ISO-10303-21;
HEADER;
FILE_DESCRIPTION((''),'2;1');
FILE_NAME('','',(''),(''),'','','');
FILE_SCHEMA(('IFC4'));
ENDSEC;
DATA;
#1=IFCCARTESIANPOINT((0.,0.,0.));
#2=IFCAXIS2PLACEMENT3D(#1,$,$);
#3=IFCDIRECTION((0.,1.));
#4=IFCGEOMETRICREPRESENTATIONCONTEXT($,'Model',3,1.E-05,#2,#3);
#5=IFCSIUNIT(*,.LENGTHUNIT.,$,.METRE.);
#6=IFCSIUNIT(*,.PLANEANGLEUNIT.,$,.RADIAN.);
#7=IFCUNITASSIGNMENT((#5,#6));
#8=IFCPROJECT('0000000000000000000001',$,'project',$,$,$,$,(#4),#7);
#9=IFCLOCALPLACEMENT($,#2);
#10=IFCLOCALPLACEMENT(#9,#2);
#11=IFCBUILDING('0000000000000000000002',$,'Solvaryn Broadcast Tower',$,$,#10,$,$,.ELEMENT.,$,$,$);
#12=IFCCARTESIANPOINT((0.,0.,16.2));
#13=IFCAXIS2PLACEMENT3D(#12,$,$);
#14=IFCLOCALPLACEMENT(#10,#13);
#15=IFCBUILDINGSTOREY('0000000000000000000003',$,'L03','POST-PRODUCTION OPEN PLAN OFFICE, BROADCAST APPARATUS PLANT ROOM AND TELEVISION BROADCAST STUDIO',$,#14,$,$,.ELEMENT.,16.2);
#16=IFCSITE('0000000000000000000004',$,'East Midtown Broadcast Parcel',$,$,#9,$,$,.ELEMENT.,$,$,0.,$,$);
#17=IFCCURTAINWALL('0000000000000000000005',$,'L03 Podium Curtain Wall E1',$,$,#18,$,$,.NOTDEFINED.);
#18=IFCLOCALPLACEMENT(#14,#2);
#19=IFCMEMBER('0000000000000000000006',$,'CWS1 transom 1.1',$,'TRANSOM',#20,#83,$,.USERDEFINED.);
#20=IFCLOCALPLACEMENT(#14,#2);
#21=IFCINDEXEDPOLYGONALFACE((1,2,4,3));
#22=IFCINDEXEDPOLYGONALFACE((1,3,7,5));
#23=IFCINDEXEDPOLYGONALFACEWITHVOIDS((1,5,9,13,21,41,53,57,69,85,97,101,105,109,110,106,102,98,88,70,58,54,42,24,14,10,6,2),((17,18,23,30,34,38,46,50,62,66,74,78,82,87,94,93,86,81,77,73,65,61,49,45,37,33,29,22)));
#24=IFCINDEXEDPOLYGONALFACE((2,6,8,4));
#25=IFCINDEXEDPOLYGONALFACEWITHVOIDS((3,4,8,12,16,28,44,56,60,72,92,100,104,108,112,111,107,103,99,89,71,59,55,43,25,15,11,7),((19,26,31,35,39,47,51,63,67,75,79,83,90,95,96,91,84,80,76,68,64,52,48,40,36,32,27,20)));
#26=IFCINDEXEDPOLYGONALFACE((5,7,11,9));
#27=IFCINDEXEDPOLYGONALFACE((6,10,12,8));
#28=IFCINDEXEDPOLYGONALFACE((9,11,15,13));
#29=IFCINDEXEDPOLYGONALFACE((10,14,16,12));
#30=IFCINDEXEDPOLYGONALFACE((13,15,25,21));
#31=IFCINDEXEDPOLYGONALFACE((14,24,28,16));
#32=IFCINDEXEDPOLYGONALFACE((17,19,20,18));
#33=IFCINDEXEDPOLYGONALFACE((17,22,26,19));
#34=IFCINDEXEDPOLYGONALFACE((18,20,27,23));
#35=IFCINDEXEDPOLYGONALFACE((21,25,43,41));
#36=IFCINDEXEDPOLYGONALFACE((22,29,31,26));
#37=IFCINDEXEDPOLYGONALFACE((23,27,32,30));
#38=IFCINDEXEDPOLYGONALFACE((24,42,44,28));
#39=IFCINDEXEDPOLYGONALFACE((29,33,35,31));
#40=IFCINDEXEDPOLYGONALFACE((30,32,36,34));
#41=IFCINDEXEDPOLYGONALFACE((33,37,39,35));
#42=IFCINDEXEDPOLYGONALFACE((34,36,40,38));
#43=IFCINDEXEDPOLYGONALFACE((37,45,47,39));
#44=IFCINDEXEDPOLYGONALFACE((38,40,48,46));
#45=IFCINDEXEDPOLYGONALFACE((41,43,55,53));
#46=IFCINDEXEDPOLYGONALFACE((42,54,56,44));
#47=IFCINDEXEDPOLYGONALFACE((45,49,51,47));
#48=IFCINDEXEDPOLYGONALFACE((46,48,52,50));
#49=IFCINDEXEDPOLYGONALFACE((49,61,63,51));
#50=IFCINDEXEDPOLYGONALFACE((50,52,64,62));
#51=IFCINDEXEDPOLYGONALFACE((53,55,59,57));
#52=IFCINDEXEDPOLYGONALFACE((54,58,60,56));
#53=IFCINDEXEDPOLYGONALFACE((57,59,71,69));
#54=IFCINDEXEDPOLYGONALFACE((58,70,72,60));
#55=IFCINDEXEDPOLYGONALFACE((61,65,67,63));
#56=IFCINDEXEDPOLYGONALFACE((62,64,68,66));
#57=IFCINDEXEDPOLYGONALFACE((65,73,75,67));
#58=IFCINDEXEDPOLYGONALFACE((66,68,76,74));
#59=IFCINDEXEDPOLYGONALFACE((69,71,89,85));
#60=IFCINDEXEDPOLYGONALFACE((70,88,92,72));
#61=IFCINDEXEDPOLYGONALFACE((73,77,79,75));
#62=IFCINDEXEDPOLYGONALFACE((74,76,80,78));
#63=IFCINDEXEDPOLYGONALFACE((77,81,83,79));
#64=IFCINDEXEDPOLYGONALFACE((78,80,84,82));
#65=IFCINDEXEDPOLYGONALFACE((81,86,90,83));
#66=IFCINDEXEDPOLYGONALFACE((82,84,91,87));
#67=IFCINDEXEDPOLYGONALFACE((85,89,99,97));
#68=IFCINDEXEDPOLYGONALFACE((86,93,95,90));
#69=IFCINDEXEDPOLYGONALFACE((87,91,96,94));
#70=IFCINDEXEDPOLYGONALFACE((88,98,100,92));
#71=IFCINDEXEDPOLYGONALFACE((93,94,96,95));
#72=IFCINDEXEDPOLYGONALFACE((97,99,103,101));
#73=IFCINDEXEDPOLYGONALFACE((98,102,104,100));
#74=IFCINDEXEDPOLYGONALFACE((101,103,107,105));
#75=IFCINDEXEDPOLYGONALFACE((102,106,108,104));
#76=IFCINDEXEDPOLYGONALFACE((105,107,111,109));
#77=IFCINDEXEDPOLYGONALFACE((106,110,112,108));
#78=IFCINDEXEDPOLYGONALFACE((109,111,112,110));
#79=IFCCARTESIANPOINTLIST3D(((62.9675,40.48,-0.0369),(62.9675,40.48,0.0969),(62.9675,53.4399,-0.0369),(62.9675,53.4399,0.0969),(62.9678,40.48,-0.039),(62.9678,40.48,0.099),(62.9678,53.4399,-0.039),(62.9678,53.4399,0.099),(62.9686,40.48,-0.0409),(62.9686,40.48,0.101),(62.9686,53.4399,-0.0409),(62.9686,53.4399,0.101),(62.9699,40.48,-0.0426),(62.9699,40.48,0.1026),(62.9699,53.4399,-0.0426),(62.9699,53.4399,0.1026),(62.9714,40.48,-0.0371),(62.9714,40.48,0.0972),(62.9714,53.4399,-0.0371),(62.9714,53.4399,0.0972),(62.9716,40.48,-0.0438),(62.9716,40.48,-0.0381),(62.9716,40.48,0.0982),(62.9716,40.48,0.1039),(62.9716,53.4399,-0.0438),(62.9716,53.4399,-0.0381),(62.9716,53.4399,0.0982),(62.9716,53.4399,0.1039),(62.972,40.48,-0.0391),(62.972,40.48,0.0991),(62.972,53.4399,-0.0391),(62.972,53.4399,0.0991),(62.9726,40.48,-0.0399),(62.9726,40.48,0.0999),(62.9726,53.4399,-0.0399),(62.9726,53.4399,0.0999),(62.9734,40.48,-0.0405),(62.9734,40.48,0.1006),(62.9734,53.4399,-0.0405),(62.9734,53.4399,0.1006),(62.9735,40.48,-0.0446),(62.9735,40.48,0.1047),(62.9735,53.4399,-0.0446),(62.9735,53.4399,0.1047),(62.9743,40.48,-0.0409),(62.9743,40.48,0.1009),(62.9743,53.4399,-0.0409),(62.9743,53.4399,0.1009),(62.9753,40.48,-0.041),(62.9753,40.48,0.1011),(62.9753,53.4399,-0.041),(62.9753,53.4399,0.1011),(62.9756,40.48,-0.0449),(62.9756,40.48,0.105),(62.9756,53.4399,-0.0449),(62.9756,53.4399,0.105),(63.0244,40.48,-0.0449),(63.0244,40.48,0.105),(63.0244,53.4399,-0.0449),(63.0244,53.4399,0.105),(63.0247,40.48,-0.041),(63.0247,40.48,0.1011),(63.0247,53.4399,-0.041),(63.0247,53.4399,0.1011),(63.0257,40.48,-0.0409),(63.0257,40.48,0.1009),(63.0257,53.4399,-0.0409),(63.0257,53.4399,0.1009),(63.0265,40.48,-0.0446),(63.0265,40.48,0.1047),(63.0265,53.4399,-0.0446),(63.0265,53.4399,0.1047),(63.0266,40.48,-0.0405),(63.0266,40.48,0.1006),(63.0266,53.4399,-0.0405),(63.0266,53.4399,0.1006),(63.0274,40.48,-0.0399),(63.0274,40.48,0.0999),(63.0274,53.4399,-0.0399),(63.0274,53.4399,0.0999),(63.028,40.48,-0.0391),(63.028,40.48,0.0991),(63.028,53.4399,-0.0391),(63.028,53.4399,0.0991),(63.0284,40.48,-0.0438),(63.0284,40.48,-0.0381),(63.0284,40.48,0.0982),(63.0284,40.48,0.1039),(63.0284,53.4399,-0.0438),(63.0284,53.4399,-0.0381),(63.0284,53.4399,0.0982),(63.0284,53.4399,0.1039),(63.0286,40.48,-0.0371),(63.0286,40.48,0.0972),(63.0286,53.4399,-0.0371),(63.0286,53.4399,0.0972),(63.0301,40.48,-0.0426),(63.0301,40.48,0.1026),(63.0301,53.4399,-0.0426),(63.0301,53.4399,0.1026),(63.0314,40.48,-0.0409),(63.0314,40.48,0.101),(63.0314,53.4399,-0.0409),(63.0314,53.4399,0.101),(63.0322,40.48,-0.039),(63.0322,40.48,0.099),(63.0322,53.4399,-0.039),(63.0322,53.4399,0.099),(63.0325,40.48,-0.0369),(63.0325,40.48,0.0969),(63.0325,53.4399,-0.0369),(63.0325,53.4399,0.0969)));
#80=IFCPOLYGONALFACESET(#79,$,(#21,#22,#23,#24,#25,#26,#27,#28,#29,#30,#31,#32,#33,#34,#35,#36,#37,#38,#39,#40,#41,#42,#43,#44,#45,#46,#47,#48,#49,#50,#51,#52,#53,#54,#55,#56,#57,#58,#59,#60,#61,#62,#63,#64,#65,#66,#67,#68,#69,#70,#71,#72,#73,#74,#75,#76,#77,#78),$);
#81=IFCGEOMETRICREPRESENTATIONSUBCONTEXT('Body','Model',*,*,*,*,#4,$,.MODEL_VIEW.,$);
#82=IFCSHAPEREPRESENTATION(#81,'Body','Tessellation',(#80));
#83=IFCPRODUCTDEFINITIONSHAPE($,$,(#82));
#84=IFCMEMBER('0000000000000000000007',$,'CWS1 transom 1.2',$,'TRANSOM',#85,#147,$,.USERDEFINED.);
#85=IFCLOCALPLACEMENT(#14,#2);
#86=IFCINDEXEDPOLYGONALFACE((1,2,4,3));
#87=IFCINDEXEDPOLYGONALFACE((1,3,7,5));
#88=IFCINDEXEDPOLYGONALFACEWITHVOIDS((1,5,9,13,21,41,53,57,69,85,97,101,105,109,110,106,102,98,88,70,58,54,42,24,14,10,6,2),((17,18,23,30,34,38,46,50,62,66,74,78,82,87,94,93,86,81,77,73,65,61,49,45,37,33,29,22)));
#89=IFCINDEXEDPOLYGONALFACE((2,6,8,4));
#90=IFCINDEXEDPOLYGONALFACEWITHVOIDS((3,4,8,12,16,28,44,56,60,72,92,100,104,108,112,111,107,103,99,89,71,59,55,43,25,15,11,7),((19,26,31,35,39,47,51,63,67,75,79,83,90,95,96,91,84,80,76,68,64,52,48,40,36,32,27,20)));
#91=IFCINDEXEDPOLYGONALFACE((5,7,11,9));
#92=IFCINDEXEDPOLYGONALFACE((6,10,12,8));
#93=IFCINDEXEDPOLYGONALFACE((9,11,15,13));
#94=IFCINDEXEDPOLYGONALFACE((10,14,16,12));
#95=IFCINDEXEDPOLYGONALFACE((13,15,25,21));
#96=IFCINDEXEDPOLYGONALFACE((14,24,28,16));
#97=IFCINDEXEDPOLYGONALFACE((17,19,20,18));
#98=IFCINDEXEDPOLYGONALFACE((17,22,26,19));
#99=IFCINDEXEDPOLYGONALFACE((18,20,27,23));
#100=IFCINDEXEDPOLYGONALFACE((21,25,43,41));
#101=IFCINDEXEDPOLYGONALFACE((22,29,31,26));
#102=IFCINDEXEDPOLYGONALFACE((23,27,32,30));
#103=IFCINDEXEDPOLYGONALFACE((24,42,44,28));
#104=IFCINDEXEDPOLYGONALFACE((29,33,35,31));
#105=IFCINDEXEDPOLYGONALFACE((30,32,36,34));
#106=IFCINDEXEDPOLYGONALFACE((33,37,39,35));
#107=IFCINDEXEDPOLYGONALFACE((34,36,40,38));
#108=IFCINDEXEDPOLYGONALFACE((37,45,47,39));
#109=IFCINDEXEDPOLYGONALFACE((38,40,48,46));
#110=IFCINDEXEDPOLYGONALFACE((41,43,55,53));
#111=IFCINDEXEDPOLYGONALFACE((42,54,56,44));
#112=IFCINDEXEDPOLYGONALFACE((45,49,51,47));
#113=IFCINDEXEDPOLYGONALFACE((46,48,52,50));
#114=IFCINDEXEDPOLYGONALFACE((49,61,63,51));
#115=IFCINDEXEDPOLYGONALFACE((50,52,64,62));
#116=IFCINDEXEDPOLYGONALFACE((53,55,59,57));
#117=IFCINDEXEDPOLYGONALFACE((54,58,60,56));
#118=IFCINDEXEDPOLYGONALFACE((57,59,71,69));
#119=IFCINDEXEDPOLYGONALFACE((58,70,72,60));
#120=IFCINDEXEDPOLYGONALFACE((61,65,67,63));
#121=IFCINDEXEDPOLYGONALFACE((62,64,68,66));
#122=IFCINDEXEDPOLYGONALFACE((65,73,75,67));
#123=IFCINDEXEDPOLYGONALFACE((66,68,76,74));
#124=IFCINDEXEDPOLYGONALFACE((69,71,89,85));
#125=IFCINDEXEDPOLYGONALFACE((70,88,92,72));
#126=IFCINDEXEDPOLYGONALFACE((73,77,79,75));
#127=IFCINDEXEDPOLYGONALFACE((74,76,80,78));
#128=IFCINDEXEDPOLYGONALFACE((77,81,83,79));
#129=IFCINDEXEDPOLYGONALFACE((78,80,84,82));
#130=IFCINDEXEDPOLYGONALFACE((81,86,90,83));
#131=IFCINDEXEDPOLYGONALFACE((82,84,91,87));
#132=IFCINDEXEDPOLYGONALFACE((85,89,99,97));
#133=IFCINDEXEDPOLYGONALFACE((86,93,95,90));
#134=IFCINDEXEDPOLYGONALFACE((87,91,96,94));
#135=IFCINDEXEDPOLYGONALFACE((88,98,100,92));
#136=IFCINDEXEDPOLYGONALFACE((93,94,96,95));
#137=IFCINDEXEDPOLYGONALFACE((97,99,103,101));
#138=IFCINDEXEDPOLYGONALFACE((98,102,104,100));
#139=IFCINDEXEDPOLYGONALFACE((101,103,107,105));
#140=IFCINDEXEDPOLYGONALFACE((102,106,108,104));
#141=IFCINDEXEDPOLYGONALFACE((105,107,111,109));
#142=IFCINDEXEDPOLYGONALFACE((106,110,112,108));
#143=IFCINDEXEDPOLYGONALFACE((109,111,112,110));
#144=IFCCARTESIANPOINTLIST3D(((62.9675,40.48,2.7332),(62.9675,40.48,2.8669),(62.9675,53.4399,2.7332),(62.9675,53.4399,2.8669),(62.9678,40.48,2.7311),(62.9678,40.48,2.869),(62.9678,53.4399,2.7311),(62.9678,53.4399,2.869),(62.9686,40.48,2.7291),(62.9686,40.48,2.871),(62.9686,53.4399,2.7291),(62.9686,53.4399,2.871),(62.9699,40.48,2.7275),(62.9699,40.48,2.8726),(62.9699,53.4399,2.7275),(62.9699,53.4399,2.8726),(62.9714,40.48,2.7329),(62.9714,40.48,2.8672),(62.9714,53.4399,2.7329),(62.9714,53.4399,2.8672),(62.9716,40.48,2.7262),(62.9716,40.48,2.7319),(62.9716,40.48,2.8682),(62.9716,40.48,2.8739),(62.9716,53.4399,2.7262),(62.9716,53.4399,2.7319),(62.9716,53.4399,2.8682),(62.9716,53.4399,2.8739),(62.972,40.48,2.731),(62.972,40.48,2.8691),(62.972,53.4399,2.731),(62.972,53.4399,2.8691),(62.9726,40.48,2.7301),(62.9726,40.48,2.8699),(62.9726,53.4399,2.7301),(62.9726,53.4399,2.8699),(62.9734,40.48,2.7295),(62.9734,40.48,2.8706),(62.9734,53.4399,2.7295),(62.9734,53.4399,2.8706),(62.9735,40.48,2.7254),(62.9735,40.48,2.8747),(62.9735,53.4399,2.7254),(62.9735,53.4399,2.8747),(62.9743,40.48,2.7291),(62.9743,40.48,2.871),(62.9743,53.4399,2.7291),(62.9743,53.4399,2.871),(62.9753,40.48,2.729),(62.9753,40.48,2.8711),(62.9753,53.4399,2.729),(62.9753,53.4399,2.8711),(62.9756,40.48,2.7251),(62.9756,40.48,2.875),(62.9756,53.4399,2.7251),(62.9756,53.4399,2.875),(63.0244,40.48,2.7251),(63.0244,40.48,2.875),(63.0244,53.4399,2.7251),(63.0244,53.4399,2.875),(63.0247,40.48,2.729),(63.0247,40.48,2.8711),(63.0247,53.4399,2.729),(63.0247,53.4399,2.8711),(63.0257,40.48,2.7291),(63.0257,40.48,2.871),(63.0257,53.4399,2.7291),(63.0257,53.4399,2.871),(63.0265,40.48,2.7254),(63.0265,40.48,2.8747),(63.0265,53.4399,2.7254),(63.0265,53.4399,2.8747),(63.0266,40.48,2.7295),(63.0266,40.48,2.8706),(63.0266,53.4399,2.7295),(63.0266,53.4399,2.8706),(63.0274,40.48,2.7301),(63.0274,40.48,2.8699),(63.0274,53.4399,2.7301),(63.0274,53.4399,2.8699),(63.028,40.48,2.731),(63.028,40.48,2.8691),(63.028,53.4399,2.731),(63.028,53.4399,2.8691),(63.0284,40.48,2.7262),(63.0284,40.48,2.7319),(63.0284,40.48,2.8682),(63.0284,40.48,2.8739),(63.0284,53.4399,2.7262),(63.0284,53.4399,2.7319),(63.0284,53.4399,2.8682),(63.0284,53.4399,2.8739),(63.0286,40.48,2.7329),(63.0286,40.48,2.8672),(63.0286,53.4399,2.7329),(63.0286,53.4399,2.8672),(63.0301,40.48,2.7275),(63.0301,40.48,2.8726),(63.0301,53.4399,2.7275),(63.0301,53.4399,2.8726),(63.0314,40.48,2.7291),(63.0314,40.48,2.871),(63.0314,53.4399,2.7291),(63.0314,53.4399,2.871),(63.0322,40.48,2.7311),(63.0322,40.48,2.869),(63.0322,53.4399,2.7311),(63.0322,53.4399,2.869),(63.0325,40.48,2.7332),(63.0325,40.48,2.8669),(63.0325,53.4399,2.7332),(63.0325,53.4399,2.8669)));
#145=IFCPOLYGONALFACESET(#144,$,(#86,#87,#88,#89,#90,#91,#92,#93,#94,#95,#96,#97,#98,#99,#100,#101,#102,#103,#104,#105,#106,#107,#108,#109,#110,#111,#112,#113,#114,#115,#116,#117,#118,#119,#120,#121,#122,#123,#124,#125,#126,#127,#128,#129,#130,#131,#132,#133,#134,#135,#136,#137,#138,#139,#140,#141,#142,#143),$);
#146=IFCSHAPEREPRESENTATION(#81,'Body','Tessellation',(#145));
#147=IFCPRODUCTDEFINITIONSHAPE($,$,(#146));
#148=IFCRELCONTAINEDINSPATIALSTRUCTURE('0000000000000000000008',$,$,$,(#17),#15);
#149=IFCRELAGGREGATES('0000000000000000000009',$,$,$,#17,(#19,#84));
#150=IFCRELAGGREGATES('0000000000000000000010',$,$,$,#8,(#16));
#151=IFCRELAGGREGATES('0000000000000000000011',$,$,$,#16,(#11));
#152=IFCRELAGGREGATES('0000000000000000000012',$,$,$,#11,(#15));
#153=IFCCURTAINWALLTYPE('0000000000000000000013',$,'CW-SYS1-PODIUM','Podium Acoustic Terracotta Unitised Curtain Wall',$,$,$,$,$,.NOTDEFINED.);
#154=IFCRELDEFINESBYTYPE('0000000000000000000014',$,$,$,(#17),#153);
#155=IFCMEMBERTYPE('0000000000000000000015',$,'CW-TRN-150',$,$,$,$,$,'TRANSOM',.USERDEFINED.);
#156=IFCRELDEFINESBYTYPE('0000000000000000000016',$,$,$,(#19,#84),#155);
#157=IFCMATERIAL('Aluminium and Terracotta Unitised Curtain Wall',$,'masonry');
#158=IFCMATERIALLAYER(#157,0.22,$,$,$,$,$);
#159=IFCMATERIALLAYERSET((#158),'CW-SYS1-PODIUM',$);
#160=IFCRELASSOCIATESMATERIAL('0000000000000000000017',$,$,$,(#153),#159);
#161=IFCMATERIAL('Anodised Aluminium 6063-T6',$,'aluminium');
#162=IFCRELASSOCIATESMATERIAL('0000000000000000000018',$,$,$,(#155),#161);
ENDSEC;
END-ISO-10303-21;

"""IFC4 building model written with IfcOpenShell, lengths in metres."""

from ifc_helpers import new_model, si_unit, direction, frame, origin, origin_2d, place, context, subcontext, project, spatial, hollow_rectangle, extrude, material, layer, layer_set, material_profile, profile_set, type_object, element, aggregate, save


model = new_model("IFC4")

# Units and contexts
model_context = context("Model", 3, precision=1e-05, world=origin(), true_north=direction((0.0, 1.0)))
body_context = subcontext(model_context, "Body", "Model", "MODEL_VIEW")
ifc_project = project(units=[si_unit("LENGTHUNIT", "METRE"), si_unit("PLANEANGLEUNIT", "RADIAN")], contexts=[model_context])

# Site, building, storey
site_placement = place(None, origin())
site = spatial("IfcSite", under=ifc_project, at=site_placement, Name="East Midtown Broadcast Parcel", CompositionType="ELEMENT", RefElevation=0.0)
building_placement = place(site_placement, origin())
building = spatial("IfcBuilding", under=site, at=building_placement, Name="Solvaryn Broadcast Tower", CompositionType="ELEMENT")
storey_placement = place(building_placement, frame((0.0, 0.0, 16.2)))
storey = spatial("IfcBuildingStorey", under=building, at=storey_placement, Name="L03", Description="POST-PRODUCTION OPEN PLAN OFFICE, BROADCAST APPARATUS PLANT ROOM AND TELEVISION BROADCAST STUDIO", CompositionType="ELEMENT", Elevation=16.2)

# Curtain wall
ifc_material_1 = material(Name="Aluminium and Terracotta Unitised Curtain Wall", Category="masonry")
ifc_layer_1 = layer(ifc_material_1, 0.22)
ifc_layer_set_1 = layer_set([ifc_layer_1], Name="CW-SYS1-PODIUM")
curtain_wall_type = type_object("IfcCurtainWallType", Name="CW-SYS1-PODIUM", Description="Podium Acoustic Terracotta Unitised Curtain Wall", PredefinedType="NOTDEFINED", material=ifc_layer_set_1)
curtain_wall_1_placement = place(storey_placement, origin())
curtain_wall_1 = element("IfcCurtainWall", 1, at=curtain_wall_1_placement, inside=storey, type_object=curtain_wall_type, Name="L03 Podium Curtain Wall E1", PredefinedType="NOTDEFINED")

# Members
ifc_material_2 = material(Name="Anodised Aluminium 6063-T6", Category="aluminium")
ifc_material_profile_1 = material_profile(ifc_material_2, hollow_rectangle(XDim=0.0649, YDim=0.1499, WallThickness=0.0039, InnerFilletRadius=0.0039, OuterFilletRadius=0.0081, at=origin_2d()))
ifc_profile_set_1 = profile_set([ifc_material_profile_1], Name="Anodised Aluminium 6063-T6")
member_type_1 = type_object("IfcMemberType", Name="CW-TRN-150", ElementType="TRANSOM", PredefinedType="USERDEFINED", material=ifc_profile_set_1)
member_1_placement = place(storey_placement, frame((63.0, 53.4399, 0.03), z_axis=(0.0, -1.0, 0.0), x_axis=(1.0, 0.0, 0.0)))
member_1 = element("IfcMember", 2, at=member_1_placement, type_object=member_type_1, Name="CWS1 transom 1.1", ObjectType="TRANSOM", PredefinedType="USERDEFINED", context=body_context, shape_type="SweptSolid", body=[
    extrude(hollow_rectangle(XDim=0.0649, YDim=0.1499, WallThickness=0.0039, InnerFilletRadius=0.0039, OuterFilletRadius=0.0081, at=origin_2d()), origin(), (0.0, 0.0, 1.0), 12.96),
])
member_2_placement = place(storey_placement, frame((63.0, 53.4399, 2.8), z_axis=(0.0, -1.0, 0.0), x_axis=(1.0, 0.0, 0.0)))
member_2 = element("IfcMember", 3, at=member_2_placement, type_object=member_type_1, Name="CWS1 transom 1.2", ObjectType="TRANSOM", PredefinedType="USERDEFINED", context=body_context, shape_type="SweptSolid", body=[
    extrude(hollow_rectangle(XDim=0.0649, YDim=0.1499, WallThickness=0.0039, InnerFilletRadius=0.0039, OuterFilletRadius=0.0081, at=origin_2d()), origin(), (0.0, 0.0, 1.0), 12.96),
])

aggregate(curtain_wall_1, [member_1, member_2])

save(model, "model.ifc")
